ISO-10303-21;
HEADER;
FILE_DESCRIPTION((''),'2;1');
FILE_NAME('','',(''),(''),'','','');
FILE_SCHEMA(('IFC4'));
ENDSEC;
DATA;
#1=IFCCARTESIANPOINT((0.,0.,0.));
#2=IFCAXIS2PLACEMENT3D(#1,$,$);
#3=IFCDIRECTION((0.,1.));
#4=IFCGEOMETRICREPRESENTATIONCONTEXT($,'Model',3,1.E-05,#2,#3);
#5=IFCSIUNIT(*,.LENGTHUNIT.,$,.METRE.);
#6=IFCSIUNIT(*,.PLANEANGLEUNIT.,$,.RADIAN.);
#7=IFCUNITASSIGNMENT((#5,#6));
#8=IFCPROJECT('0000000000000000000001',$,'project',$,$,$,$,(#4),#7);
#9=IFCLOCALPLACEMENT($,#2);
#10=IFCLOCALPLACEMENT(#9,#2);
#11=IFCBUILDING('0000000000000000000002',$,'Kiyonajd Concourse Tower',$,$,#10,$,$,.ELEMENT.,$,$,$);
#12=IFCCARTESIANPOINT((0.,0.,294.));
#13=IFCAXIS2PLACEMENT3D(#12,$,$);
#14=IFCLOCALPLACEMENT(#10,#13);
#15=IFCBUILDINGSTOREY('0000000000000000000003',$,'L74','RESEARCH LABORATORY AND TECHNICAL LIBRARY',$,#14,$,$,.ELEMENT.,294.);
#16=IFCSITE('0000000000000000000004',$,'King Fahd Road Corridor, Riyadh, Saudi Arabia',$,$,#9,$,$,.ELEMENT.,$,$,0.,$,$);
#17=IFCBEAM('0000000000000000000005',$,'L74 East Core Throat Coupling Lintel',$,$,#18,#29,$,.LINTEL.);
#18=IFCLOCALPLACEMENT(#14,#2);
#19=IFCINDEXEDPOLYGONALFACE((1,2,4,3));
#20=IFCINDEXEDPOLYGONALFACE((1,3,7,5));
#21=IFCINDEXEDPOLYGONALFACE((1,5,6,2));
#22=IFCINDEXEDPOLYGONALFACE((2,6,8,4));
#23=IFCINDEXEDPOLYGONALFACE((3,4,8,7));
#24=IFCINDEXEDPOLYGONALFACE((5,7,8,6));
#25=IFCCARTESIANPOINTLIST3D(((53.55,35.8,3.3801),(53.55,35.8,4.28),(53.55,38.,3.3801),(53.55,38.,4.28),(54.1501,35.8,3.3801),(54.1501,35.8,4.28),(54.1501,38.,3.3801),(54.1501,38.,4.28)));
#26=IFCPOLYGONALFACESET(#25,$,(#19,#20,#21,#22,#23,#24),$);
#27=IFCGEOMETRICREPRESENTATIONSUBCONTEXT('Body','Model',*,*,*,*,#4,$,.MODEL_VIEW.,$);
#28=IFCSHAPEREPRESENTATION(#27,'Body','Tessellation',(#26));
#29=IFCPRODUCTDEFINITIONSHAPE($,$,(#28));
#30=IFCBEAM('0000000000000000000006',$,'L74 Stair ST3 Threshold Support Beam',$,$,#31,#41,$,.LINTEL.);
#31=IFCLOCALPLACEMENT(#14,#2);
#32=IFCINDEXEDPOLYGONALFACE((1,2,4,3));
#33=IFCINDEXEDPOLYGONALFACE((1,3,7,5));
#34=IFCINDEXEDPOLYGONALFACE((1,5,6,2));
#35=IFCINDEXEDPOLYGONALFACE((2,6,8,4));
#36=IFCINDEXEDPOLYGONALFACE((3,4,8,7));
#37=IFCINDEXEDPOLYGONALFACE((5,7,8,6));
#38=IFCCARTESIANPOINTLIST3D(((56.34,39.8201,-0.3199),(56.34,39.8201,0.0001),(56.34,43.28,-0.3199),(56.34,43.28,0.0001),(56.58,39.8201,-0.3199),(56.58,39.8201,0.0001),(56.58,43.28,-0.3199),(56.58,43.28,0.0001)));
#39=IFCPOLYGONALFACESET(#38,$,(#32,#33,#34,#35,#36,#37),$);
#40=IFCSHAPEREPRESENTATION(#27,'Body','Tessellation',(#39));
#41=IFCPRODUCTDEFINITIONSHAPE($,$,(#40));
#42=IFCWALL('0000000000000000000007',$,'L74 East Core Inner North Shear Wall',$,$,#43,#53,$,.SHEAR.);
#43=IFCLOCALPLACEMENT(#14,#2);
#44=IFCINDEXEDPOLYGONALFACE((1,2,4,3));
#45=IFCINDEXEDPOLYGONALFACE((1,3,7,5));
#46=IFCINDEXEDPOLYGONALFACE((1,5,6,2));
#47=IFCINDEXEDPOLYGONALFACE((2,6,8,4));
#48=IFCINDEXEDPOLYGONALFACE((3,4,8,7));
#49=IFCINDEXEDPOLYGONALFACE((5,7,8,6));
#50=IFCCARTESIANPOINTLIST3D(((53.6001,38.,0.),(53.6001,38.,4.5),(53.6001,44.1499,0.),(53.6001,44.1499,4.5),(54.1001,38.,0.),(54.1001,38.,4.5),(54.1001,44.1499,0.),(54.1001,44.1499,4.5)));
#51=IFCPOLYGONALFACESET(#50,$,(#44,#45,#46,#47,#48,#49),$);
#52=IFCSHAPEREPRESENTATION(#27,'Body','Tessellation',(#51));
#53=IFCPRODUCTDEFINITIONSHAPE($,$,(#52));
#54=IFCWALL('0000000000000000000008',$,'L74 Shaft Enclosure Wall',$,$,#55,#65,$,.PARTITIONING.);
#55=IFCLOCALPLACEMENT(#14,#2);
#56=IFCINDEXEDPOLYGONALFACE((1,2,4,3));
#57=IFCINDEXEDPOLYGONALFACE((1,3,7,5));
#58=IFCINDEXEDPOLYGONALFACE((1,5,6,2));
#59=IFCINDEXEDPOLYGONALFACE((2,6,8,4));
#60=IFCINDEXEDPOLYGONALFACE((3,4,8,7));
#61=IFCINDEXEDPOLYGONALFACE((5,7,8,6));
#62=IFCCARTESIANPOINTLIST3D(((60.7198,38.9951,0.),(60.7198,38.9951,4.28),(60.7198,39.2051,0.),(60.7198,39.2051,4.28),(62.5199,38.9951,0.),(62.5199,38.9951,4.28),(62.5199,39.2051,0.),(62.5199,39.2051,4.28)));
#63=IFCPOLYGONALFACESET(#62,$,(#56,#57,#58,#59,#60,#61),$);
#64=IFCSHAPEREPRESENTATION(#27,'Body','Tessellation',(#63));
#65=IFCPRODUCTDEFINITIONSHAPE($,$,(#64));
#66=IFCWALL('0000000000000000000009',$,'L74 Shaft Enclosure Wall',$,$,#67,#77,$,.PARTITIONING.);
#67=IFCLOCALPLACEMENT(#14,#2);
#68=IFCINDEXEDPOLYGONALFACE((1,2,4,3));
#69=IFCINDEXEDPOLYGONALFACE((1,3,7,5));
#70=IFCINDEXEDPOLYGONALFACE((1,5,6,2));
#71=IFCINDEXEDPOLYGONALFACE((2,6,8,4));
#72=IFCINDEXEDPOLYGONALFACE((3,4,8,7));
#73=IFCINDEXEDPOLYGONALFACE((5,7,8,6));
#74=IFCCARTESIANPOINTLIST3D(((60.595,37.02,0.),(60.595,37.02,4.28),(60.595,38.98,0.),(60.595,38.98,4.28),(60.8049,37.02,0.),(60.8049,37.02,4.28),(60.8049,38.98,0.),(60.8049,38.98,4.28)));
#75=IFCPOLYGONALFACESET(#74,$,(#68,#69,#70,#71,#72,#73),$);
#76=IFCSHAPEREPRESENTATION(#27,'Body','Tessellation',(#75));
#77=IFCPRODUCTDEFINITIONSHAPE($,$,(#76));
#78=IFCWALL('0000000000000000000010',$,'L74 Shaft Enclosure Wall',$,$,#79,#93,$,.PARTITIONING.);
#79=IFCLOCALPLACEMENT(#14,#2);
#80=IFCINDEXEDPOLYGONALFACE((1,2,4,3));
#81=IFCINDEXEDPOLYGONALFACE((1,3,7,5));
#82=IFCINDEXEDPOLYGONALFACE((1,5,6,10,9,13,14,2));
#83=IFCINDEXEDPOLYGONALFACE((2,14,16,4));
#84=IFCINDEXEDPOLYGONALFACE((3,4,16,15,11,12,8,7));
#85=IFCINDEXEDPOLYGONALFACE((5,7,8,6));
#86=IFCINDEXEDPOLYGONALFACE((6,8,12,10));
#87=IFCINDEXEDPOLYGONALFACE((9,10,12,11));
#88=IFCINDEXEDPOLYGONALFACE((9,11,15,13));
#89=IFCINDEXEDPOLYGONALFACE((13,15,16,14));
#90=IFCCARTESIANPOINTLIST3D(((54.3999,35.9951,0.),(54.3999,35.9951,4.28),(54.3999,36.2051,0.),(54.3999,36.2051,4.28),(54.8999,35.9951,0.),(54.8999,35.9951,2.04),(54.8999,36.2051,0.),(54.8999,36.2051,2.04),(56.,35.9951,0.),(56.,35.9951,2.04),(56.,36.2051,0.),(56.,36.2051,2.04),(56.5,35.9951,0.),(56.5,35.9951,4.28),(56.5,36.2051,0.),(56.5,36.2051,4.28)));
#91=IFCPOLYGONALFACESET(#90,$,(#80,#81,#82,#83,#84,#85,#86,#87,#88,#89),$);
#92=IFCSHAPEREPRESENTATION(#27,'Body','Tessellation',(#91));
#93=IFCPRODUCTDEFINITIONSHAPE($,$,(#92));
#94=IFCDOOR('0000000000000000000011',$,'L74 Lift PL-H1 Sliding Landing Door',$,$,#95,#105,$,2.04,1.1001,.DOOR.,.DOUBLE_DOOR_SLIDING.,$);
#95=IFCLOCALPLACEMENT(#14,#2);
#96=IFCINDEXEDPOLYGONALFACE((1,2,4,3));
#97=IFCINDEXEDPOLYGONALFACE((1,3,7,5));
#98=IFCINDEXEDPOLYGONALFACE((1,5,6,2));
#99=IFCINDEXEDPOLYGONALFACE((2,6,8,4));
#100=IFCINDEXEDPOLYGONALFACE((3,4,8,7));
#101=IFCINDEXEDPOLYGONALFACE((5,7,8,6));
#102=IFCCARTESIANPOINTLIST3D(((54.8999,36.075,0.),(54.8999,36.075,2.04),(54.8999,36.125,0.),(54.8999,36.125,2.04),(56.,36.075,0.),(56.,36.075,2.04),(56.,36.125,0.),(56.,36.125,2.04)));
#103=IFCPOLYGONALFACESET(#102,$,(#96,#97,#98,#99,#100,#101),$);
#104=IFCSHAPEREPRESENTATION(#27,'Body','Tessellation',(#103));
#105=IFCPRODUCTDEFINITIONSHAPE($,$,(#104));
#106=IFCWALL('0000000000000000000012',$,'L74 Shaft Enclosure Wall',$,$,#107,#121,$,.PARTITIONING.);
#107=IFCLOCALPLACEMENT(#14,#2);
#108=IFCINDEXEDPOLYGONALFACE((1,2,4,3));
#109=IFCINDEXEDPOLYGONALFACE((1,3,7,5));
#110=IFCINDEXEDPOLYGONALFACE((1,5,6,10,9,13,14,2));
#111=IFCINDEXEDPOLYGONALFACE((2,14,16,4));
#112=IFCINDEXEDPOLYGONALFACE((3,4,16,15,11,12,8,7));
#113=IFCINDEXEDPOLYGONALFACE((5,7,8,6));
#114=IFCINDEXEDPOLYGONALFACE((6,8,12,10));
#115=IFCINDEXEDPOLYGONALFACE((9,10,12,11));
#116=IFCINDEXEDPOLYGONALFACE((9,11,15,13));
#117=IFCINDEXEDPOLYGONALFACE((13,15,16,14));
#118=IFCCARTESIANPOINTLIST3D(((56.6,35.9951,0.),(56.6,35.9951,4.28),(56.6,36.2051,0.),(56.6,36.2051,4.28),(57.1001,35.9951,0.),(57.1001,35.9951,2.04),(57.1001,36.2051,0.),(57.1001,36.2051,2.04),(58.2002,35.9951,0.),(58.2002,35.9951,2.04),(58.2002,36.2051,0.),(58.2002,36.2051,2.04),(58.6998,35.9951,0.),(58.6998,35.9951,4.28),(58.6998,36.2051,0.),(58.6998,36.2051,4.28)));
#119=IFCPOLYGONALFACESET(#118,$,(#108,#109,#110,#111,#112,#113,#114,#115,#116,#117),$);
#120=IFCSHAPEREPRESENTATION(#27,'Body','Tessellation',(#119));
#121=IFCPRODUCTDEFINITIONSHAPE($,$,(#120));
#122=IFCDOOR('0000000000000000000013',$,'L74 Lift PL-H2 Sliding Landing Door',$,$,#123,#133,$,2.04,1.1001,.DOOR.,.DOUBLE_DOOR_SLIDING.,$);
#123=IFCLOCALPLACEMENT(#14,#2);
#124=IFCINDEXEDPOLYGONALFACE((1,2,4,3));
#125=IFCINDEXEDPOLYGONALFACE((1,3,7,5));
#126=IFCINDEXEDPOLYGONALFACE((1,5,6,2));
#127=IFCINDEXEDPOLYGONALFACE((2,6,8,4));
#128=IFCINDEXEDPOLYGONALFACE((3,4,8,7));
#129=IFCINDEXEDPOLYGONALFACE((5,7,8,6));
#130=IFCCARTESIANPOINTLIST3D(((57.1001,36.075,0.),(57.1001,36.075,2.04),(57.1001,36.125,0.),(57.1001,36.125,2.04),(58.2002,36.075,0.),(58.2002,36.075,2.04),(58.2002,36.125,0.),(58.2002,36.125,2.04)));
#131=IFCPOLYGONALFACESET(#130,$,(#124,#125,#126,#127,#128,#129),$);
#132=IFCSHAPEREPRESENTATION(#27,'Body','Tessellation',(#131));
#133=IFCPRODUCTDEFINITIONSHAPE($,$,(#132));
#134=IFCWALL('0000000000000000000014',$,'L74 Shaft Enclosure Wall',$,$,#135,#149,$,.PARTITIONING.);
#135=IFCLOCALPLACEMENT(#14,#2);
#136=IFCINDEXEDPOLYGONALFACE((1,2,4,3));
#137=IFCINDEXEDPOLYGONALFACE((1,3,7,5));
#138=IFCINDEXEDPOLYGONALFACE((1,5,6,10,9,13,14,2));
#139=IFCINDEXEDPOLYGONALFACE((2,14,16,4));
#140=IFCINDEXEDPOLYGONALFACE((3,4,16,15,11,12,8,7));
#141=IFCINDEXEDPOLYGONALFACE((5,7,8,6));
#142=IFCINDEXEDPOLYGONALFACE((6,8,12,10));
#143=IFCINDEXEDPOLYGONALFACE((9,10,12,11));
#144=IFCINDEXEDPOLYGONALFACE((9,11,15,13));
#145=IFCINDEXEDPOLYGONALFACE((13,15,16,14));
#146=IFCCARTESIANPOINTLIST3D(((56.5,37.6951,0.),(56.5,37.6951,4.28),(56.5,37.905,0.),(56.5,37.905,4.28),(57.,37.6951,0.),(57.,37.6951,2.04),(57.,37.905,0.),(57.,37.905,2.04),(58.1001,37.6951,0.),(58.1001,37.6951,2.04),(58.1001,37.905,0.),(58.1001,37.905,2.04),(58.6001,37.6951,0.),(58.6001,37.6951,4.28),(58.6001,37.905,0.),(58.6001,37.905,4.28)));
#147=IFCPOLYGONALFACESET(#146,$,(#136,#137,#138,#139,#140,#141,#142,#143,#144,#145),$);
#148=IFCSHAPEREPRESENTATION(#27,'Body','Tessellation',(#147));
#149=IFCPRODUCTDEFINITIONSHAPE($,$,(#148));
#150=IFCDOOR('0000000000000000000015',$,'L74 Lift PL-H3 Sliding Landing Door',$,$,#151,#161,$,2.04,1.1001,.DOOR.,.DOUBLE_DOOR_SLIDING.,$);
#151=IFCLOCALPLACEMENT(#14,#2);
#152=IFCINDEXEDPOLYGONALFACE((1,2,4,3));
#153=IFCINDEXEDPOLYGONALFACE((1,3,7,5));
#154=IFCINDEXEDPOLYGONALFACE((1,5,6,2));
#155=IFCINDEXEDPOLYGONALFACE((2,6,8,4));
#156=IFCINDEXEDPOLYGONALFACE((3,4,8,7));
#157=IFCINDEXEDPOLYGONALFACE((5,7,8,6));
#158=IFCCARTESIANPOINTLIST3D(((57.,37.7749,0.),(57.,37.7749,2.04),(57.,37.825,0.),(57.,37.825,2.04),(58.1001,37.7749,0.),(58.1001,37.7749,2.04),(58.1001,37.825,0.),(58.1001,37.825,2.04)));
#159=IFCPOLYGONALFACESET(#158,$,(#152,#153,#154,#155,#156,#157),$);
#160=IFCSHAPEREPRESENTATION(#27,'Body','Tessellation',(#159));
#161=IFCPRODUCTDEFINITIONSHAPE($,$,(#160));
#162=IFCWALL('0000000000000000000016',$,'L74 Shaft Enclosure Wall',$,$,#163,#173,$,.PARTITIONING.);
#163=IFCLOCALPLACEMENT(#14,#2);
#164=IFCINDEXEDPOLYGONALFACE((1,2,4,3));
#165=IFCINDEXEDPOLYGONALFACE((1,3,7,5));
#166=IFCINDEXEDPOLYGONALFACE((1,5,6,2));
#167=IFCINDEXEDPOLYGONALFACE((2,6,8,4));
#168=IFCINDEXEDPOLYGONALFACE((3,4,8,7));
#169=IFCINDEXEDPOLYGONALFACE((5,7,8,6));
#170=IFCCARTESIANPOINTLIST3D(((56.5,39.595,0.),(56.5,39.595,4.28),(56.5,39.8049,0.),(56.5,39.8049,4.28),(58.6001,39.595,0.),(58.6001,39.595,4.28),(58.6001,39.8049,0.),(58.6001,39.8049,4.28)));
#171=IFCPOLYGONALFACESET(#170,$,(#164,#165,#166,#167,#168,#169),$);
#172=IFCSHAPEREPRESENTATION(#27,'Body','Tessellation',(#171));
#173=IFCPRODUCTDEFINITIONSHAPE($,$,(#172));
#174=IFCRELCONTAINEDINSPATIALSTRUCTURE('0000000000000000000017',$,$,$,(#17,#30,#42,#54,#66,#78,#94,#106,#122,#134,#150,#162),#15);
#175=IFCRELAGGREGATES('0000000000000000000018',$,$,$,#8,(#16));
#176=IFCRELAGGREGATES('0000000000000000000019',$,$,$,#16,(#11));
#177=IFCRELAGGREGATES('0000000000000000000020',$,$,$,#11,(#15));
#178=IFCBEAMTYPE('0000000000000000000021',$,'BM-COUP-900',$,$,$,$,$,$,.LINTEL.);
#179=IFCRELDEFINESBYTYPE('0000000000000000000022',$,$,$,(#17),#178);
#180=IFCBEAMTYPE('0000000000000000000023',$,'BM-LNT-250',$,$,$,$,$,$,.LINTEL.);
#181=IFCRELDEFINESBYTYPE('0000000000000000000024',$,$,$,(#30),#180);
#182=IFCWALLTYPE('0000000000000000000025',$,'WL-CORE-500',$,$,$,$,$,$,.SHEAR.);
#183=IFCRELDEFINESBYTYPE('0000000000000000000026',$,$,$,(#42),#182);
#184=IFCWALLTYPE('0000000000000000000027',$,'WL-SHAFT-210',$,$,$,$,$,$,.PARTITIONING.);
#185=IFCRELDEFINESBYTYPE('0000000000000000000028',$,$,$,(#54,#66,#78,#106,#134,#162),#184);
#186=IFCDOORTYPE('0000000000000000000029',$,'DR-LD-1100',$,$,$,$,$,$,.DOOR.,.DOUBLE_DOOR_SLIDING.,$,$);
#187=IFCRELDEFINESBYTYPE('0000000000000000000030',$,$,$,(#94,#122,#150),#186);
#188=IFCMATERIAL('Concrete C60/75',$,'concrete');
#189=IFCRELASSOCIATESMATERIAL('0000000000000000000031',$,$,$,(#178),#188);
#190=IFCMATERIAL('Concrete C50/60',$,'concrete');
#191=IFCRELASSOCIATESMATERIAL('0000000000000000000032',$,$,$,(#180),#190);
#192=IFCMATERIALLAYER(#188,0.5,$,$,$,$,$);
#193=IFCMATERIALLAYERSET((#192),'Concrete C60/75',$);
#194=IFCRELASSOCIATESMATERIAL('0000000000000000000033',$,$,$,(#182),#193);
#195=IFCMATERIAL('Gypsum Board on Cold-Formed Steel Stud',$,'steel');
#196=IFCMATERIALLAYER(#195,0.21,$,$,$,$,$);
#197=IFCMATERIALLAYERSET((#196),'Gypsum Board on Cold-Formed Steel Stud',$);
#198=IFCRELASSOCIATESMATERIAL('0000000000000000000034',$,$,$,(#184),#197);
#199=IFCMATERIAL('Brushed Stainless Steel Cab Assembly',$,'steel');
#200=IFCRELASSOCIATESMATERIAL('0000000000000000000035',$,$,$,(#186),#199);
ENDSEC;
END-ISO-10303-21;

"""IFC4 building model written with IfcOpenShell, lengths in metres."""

from ifc_helpers import new_model, si_unit, direction, frame, frame_2d, origin, origin_2d, place, context, subcontext, project, spatial, rectangle, extrude, material, layer, layer_set, material_profile, profile_set, type_object, element, fill, save


model = new_model("IFC4")

# Units and contexts
model_context = context("Model", 3, precision=1e-05, world=origin(), true_north=direction((0.0, 1.0)))
body_context = subcontext(model_context, "Body", "Model", "MODEL_VIEW")
ifc_project = project(units=[si_unit("LENGTHUNIT", "METRE"), si_unit("PLANEANGLEUNIT", "RADIAN")], contexts=[model_context])

# Site, building, storey
site_placement = place(None, origin())
site = spatial("IfcSite", under=ifc_project, at=site_placement, Name="King Fahd Road Corridor, Riyadh, Saudi Arabia", CompositionType="ELEMENT", RefElevation=0.0)
building_placement = place(site_placement, origin())
building = spatial("IfcBuilding", under=site, at=building_placement, Name="Kiyonajd Concourse Tower", CompositionType="ELEMENT")
storey_placement = place(building_placement, frame((0.0, 0.0, 294.0)))
storey = spatial("IfcBuildingStorey", under=building, at=storey_placement, Name="L74", Description="RESEARCH LABORATORY AND TECHNICAL LIBRARY", CompositionType="ELEMENT", Elevation=294.0)

# Beams
ifc_material_1 = material(Name="Concrete C60/75", Category="concrete")
ifc_material_profile_1 = material_profile(ifc_material_1, rectangle(XDim=0.6001, YDim=0.8999, at=origin_2d()), Name="RCBM-600x900")
ifc_profile_set_1 = profile_set([ifc_material_profile_1], Name="Concrete C60/75")
beam_type_1 = type_object("IfcBeamType", Name="BM-COUP-900", PredefinedType="LINTEL", material=ifc_profile_set_1)
beam_1_placement = place(storey_placement, frame((53.8501, 35.8, 3.8301), z_axis=(0.0, 1.0, 0.0), x_axis=(-1.0, 0.0, 0.0)))
element("IfcBeam", 1, at=beam_1_placement, inside=storey, type_object=beam_type_1, Name="L74 East Core Throat Coupling Lintel", PredefinedType="LINTEL", context=body_context, shape_type="SweptSolid", body=[
    extrude(rectangle(XDim=0.6001, YDim=0.8999, at=origin_2d()), origin(), (0.0, 0.0, 1.0), 2.2),
])
ifc_material_2 = material(Name="Concrete C50/60", Category="concrete")
ifc_material_profile_2 = material_profile(ifc_material_2, rectangle(XDim=0.24, YDim=0.3201, at=origin_2d()), Name="RCBM-240x320")
ifc_profile_set_2 = profile_set([ifc_material_profile_2], Name="Concrete C50/60")
beam_type_2 = type_object("IfcBeamType", Name="BM-LNT-250", PredefinedType="LINTEL", material=ifc_profile_set_2)
beam_2_placement = place(storey_placement, frame((56.46, 39.8201, -0.1599), z_axis=(0.0, 1.0, 0.0), x_axis=(-1.0, 0.0, 0.0)))
element("IfcBeam", 2, at=beam_2_placement, inside=storey, type_object=beam_type_2, Name="L74 Stair ST3 Threshold Support Beam", PredefinedType="LINTEL", context=body_context, shape_type="SweptSolid", body=[
    extrude(rectangle(XDim=0.24, YDim=0.3201, at=origin_2d()), origin(), (0.0, 0.0, 1.0), 3.46),
])

# Walls
ifc_layer_1 = layer(ifc_material_1, 0.5)
ifc_layer_set_1 = layer_set([ifc_layer_1], Name="Concrete C60/75")
wall_type_1 = type_object("IfcWallType", Name="WL-CORE-500", PredefinedType="SHEAR", material=ifc_layer_set_1)
wall_1_placement = place(storey_placement, frame((53.8501, 38.0, 0.0), z_axis=(0.0, 0.0, 1.0), x_axis=(0.0, 1.0, 0.0)))
element("IfcWall", 3, at=wall_1_placement, inside=storey, type_object=wall_type_1, Name="L74 East Core Inner North Shear Wall", PredefinedType="SHEAR", context=body_context, shape_type="SweptSolid", body=[
    extrude(rectangle(XDim=6.1499, YDim=0.5, at=frame_2d((3.075, 0.0))), origin(), (0.0, 0.0, 1.0), 4.5),
])
ifc_material_3 = material(Name="Gypsum Board on Cold-Formed Steel Stud", Category="steel")
ifc_layer_2 = layer(ifc_material_3, 0.21)
ifc_layer_set_2 = layer_set([ifc_layer_2], Name="Gypsum Board on Cold-Formed Steel Stud")
wall_type_2 = type_object("IfcWallType", Name="WL-SHAFT-210", PredefinedType="PARTITIONING", material=ifc_layer_set_2)
wall_2_placement = place(storey_placement, frame((60.72, 39.1001, 0.0), z_axis=(0.0, 0.0, 1.0), x_axis=(1.0, 0.0, 0.0)))
element("IfcWall", 4, at=wall_2_placement, inside=storey, type_object=wall_type_2, Name="L74 Shaft Enclosure Wall", PredefinedType="PARTITIONING", context=body_context, shape_type="SweptSolid", body=[
    extrude(rectangle(XDim=1.8, YDim=0.21, at=frame_2d((0.8999, 0.0))), origin(), (0.0, 0.0, 1.0), 4.28),
])
wall_3_placement = place(storey_placement, frame((60.7, 37.02, 0.0), z_axis=(0.0, 0.0, 1.0), x_axis=(0.0, 1.0, 0.0)))
element("IfcWall", 5, at=wall_3_placement, inside=storey, type_object=wall_type_2, Name="L74 Shaft Enclosure Wall", PredefinedType="PARTITIONING", context=body_context, shape_type="SweptSolid", body=[
    extrude(rectangle(XDim=1.96, YDim=0.21, at=frame_2d((0.98, 0.0))), origin(), (0.0, 0.0, 1.0), 4.28),
])

# Walls, openings, doors
wall_4_placement = place(storey_placement, frame((54.3999, 36.1001, 0.0), z_axis=(0.0, 0.0, 1.0), x_axis=(1.0, 0.0, 0.0)))
wall_4 = element("IfcWall", 6, at=wall_4_placement, inside=storey, type_object=wall_type_2, Name="L74 Shaft Enclosure Wall", PredefinedType="PARTITIONING", context=body_context, shape_type="SweptSolid", body=[
    extrude(rectangle(XDim=2.1001, YDim=0.21, at=frame_2d((1.05, 0.0))), origin(), (0.0, 0.0, 1.0), 4.28),
])
opening_1_placement = place(wall_4_placement, frame((0.5, 0.0, 0.0)))
opening_1 = element("IfcOpeningElement", 7, at=opening_1_placement, cuts=wall_4, PredefinedType="OPENING", context=body_context, shape_type="SweptSolid", body=[
    extrude(rectangle(XDim=1.1001, YDim=2.04, at=frame_2d((0.55, 1.02))), frame((0.0, 0.115, 0.0), z_axis=(0.0, -1.0, 0.0), x_axis=(1.0, 0.0, 0.0)), (0.0, 0.0, 1.0), 0.23),
])
ifc_material_4 = material(Name="Brushed Stainless Steel Cab Assembly", Category="steel")
door_type_1 = type_object("IfcDoorType", Name="DR-LD-1100", OperationType="DOUBLE_DOOR_SLIDING", PredefinedType="DOOR", material=ifc_material_4)
door_1_placement = place(opening_1_placement, origin())
door_1 = element("IfcDoor", 8, at=door_1_placement, inside=storey, type_object=door_type_1, Name="L74 Lift PL-H1 Sliding Landing Door", OperationType="DOUBLE_DOOR_SLIDING", OverallHeight=2.04, OverallWidth=1.1001, PredefinedType="DOOR", context=body_context, shape_type="SweptSolid", body=[
    extrude(rectangle(XDim=1.1001, YDim=2.04, at=frame_2d((0.55, 1.02))), frame((0.0, 0.0249, 0.0), z_axis=(0.0, -1.0, 0.0), x_axis=(1.0, 0.0, 0.0)), (0.0, 0.0, 1.0), 0.05),
])
fill(opening_1, door_1)
wall_5_placement = place(storey_placement, frame((56.6001, 36.1001, 0.0), z_axis=(0.0, 0.0, 1.0), x_axis=(1.0, 0.0, 0.0)))
wall_5 = element("IfcWall", 9, at=wall_5_placement, inside=storey, type_object=wall_type_2, Name="L74 Shaft Enclosure Wall", PredefinedType="PARTITIONING", context=body_context, shape_type="SweptSolid", body=[
    extrude(rectangle(XDim=2.0999, YDim=0.21, at=frame_2d((1.0498, 0.0))), origin(), (0.0, 0.0, 1.0), 4.28),
])
opening_2_placement = place(wall_5_placement, frame((0.5, 0.0, 0.0)))
opening_2 = element("IfcOpeningElement", 10, at=opening_2_placement, cuts=wall_5, PredefinedType="OPENING", context=body_context, shape_type="SweptSolid", body=[
    extrude(rectangle(XDim=1.1001, YDim=2.04, at=frame_2d((0.55, 1.02))), frame((0.0, 0.115, 0.0), z_axis=(0.0, -1.0, 0.0), x_axis=(1.0, 0.0, 0.0)), (0.0, 0.0, 1.0), 0.23),
])
door_2_placement = place(opening_2_placement, origin())
door_2 = element("IfcDoor", 11, at=door_2_placement, inside=storey, type_object=door_type_1, Name="L74 Lift PL-H2 Sliding Landing Door", OperationType="DOUBLE_DOOR_SLIDING", OverallHeight=2.04, OverallWidth=1.1001, PredefinedType="DOOR", context=body_context, shape_type="SweptSolid", body=[
    extrude(rectangle(XDim=1.1001, YDim=2.04, at=frame_2d((0.55, 1.02))), frame((0.0, 0.0249, 0.0), z_axis=(0.0, -1.0, 0.0), x_axis=(1.0, 0.0, 0.0)), (0.0, 0.0, 1.0), 0.05),
])
fill(opening_2, door_2)
wall_6_placement = place(storey_placement, frame((56.5, 37.8, 0.0), z_axis=(0.0, 0.0, 1.0), x_axis=(1.0, 0.0, 0.0)))
wall_6 = element("IfcWall", 12, at=wall_6_placement, inside=storey, type_object=wall_type_2, Name="L74 Shaft Enclosure Wall", PredefinedType="PARTITIONING", context=body_context, shape_type="SweptSolid", body=[
    extrude(rectangle(XDim=2.1001, YDim=0.21, at=frame_2d((1.05, 0.0))), origin(), (0.0, 0.0, 1.0), 4.28),
])
opening_3_placement = place(wall_6_placement, frame((0.5, 0.0, 0.0)))
opening_3 = element("IfcOpeningElement", 13, at=opening_3_placement, cuts=wall_6, PredefinedType="OPENING", context=body_context, shape_type="SweptSolid", body=[
    extrude(rectangle(XDim=1.1001, YDim=2.04, at=frame_2d((0.55, 1.02))), frame((0.0, 0.115, 0.0), z_axis=(0.0, -1.0, 0.0), x_axis=(1.0, 0.0, 0.0)), (0.0, 0.0, 1.0), 0.23),
])
door_3_placement = place(opening_3_placement, origin())
door_3 = element("IfcDoor", 14, at=door_3_placement, inside=storey, type_object=door_type_1, Name="L74 Lift PL-H3 Sliding Landing Door", OperationType="DOUBLE_DOOR_SLIDING", OverallHeight=2.04, OverallWidth=1.1001, PredefinedType="DOOR", context=body_context, shape_type="SweptSolid", body=[
    extrude(rectangle(XDim=1.1001, YDim=2.04, at=frame_2d((0.55, 1.02))), frame((0.0, 0.0249, 0.0), z_axis=(0.0, -1.0, 0.0), x_axis=(1.0, 0.0, 0.0)), (0.0, 0.0, 1.0), 0.05),
])
fill(opening_3, door_3)

# Wall
wall_7_placement = place(storey_placement, frame((56.5, 39.7, 0.0), z_axis=(0.0, 0.0, 1.0), x_axis=(1.0, 0.0, 0.0)))
element("IfcWall", 15, at=wall_7_placement, inside=storey, type_object=wall_type_2, Name="L74 Shaft Enclosure Wall", PredefinedType="PARTITIONING", context=body_context, shape_type="SweptSolid", body=[
    extrude(rectangle(XDim=2.1001, YDim=0.21, at=frame_2d((1.05, 0.0))), origin(), (0.0, 0.0, 1.0), 4.28),
])

save(model, "model.ifc")
